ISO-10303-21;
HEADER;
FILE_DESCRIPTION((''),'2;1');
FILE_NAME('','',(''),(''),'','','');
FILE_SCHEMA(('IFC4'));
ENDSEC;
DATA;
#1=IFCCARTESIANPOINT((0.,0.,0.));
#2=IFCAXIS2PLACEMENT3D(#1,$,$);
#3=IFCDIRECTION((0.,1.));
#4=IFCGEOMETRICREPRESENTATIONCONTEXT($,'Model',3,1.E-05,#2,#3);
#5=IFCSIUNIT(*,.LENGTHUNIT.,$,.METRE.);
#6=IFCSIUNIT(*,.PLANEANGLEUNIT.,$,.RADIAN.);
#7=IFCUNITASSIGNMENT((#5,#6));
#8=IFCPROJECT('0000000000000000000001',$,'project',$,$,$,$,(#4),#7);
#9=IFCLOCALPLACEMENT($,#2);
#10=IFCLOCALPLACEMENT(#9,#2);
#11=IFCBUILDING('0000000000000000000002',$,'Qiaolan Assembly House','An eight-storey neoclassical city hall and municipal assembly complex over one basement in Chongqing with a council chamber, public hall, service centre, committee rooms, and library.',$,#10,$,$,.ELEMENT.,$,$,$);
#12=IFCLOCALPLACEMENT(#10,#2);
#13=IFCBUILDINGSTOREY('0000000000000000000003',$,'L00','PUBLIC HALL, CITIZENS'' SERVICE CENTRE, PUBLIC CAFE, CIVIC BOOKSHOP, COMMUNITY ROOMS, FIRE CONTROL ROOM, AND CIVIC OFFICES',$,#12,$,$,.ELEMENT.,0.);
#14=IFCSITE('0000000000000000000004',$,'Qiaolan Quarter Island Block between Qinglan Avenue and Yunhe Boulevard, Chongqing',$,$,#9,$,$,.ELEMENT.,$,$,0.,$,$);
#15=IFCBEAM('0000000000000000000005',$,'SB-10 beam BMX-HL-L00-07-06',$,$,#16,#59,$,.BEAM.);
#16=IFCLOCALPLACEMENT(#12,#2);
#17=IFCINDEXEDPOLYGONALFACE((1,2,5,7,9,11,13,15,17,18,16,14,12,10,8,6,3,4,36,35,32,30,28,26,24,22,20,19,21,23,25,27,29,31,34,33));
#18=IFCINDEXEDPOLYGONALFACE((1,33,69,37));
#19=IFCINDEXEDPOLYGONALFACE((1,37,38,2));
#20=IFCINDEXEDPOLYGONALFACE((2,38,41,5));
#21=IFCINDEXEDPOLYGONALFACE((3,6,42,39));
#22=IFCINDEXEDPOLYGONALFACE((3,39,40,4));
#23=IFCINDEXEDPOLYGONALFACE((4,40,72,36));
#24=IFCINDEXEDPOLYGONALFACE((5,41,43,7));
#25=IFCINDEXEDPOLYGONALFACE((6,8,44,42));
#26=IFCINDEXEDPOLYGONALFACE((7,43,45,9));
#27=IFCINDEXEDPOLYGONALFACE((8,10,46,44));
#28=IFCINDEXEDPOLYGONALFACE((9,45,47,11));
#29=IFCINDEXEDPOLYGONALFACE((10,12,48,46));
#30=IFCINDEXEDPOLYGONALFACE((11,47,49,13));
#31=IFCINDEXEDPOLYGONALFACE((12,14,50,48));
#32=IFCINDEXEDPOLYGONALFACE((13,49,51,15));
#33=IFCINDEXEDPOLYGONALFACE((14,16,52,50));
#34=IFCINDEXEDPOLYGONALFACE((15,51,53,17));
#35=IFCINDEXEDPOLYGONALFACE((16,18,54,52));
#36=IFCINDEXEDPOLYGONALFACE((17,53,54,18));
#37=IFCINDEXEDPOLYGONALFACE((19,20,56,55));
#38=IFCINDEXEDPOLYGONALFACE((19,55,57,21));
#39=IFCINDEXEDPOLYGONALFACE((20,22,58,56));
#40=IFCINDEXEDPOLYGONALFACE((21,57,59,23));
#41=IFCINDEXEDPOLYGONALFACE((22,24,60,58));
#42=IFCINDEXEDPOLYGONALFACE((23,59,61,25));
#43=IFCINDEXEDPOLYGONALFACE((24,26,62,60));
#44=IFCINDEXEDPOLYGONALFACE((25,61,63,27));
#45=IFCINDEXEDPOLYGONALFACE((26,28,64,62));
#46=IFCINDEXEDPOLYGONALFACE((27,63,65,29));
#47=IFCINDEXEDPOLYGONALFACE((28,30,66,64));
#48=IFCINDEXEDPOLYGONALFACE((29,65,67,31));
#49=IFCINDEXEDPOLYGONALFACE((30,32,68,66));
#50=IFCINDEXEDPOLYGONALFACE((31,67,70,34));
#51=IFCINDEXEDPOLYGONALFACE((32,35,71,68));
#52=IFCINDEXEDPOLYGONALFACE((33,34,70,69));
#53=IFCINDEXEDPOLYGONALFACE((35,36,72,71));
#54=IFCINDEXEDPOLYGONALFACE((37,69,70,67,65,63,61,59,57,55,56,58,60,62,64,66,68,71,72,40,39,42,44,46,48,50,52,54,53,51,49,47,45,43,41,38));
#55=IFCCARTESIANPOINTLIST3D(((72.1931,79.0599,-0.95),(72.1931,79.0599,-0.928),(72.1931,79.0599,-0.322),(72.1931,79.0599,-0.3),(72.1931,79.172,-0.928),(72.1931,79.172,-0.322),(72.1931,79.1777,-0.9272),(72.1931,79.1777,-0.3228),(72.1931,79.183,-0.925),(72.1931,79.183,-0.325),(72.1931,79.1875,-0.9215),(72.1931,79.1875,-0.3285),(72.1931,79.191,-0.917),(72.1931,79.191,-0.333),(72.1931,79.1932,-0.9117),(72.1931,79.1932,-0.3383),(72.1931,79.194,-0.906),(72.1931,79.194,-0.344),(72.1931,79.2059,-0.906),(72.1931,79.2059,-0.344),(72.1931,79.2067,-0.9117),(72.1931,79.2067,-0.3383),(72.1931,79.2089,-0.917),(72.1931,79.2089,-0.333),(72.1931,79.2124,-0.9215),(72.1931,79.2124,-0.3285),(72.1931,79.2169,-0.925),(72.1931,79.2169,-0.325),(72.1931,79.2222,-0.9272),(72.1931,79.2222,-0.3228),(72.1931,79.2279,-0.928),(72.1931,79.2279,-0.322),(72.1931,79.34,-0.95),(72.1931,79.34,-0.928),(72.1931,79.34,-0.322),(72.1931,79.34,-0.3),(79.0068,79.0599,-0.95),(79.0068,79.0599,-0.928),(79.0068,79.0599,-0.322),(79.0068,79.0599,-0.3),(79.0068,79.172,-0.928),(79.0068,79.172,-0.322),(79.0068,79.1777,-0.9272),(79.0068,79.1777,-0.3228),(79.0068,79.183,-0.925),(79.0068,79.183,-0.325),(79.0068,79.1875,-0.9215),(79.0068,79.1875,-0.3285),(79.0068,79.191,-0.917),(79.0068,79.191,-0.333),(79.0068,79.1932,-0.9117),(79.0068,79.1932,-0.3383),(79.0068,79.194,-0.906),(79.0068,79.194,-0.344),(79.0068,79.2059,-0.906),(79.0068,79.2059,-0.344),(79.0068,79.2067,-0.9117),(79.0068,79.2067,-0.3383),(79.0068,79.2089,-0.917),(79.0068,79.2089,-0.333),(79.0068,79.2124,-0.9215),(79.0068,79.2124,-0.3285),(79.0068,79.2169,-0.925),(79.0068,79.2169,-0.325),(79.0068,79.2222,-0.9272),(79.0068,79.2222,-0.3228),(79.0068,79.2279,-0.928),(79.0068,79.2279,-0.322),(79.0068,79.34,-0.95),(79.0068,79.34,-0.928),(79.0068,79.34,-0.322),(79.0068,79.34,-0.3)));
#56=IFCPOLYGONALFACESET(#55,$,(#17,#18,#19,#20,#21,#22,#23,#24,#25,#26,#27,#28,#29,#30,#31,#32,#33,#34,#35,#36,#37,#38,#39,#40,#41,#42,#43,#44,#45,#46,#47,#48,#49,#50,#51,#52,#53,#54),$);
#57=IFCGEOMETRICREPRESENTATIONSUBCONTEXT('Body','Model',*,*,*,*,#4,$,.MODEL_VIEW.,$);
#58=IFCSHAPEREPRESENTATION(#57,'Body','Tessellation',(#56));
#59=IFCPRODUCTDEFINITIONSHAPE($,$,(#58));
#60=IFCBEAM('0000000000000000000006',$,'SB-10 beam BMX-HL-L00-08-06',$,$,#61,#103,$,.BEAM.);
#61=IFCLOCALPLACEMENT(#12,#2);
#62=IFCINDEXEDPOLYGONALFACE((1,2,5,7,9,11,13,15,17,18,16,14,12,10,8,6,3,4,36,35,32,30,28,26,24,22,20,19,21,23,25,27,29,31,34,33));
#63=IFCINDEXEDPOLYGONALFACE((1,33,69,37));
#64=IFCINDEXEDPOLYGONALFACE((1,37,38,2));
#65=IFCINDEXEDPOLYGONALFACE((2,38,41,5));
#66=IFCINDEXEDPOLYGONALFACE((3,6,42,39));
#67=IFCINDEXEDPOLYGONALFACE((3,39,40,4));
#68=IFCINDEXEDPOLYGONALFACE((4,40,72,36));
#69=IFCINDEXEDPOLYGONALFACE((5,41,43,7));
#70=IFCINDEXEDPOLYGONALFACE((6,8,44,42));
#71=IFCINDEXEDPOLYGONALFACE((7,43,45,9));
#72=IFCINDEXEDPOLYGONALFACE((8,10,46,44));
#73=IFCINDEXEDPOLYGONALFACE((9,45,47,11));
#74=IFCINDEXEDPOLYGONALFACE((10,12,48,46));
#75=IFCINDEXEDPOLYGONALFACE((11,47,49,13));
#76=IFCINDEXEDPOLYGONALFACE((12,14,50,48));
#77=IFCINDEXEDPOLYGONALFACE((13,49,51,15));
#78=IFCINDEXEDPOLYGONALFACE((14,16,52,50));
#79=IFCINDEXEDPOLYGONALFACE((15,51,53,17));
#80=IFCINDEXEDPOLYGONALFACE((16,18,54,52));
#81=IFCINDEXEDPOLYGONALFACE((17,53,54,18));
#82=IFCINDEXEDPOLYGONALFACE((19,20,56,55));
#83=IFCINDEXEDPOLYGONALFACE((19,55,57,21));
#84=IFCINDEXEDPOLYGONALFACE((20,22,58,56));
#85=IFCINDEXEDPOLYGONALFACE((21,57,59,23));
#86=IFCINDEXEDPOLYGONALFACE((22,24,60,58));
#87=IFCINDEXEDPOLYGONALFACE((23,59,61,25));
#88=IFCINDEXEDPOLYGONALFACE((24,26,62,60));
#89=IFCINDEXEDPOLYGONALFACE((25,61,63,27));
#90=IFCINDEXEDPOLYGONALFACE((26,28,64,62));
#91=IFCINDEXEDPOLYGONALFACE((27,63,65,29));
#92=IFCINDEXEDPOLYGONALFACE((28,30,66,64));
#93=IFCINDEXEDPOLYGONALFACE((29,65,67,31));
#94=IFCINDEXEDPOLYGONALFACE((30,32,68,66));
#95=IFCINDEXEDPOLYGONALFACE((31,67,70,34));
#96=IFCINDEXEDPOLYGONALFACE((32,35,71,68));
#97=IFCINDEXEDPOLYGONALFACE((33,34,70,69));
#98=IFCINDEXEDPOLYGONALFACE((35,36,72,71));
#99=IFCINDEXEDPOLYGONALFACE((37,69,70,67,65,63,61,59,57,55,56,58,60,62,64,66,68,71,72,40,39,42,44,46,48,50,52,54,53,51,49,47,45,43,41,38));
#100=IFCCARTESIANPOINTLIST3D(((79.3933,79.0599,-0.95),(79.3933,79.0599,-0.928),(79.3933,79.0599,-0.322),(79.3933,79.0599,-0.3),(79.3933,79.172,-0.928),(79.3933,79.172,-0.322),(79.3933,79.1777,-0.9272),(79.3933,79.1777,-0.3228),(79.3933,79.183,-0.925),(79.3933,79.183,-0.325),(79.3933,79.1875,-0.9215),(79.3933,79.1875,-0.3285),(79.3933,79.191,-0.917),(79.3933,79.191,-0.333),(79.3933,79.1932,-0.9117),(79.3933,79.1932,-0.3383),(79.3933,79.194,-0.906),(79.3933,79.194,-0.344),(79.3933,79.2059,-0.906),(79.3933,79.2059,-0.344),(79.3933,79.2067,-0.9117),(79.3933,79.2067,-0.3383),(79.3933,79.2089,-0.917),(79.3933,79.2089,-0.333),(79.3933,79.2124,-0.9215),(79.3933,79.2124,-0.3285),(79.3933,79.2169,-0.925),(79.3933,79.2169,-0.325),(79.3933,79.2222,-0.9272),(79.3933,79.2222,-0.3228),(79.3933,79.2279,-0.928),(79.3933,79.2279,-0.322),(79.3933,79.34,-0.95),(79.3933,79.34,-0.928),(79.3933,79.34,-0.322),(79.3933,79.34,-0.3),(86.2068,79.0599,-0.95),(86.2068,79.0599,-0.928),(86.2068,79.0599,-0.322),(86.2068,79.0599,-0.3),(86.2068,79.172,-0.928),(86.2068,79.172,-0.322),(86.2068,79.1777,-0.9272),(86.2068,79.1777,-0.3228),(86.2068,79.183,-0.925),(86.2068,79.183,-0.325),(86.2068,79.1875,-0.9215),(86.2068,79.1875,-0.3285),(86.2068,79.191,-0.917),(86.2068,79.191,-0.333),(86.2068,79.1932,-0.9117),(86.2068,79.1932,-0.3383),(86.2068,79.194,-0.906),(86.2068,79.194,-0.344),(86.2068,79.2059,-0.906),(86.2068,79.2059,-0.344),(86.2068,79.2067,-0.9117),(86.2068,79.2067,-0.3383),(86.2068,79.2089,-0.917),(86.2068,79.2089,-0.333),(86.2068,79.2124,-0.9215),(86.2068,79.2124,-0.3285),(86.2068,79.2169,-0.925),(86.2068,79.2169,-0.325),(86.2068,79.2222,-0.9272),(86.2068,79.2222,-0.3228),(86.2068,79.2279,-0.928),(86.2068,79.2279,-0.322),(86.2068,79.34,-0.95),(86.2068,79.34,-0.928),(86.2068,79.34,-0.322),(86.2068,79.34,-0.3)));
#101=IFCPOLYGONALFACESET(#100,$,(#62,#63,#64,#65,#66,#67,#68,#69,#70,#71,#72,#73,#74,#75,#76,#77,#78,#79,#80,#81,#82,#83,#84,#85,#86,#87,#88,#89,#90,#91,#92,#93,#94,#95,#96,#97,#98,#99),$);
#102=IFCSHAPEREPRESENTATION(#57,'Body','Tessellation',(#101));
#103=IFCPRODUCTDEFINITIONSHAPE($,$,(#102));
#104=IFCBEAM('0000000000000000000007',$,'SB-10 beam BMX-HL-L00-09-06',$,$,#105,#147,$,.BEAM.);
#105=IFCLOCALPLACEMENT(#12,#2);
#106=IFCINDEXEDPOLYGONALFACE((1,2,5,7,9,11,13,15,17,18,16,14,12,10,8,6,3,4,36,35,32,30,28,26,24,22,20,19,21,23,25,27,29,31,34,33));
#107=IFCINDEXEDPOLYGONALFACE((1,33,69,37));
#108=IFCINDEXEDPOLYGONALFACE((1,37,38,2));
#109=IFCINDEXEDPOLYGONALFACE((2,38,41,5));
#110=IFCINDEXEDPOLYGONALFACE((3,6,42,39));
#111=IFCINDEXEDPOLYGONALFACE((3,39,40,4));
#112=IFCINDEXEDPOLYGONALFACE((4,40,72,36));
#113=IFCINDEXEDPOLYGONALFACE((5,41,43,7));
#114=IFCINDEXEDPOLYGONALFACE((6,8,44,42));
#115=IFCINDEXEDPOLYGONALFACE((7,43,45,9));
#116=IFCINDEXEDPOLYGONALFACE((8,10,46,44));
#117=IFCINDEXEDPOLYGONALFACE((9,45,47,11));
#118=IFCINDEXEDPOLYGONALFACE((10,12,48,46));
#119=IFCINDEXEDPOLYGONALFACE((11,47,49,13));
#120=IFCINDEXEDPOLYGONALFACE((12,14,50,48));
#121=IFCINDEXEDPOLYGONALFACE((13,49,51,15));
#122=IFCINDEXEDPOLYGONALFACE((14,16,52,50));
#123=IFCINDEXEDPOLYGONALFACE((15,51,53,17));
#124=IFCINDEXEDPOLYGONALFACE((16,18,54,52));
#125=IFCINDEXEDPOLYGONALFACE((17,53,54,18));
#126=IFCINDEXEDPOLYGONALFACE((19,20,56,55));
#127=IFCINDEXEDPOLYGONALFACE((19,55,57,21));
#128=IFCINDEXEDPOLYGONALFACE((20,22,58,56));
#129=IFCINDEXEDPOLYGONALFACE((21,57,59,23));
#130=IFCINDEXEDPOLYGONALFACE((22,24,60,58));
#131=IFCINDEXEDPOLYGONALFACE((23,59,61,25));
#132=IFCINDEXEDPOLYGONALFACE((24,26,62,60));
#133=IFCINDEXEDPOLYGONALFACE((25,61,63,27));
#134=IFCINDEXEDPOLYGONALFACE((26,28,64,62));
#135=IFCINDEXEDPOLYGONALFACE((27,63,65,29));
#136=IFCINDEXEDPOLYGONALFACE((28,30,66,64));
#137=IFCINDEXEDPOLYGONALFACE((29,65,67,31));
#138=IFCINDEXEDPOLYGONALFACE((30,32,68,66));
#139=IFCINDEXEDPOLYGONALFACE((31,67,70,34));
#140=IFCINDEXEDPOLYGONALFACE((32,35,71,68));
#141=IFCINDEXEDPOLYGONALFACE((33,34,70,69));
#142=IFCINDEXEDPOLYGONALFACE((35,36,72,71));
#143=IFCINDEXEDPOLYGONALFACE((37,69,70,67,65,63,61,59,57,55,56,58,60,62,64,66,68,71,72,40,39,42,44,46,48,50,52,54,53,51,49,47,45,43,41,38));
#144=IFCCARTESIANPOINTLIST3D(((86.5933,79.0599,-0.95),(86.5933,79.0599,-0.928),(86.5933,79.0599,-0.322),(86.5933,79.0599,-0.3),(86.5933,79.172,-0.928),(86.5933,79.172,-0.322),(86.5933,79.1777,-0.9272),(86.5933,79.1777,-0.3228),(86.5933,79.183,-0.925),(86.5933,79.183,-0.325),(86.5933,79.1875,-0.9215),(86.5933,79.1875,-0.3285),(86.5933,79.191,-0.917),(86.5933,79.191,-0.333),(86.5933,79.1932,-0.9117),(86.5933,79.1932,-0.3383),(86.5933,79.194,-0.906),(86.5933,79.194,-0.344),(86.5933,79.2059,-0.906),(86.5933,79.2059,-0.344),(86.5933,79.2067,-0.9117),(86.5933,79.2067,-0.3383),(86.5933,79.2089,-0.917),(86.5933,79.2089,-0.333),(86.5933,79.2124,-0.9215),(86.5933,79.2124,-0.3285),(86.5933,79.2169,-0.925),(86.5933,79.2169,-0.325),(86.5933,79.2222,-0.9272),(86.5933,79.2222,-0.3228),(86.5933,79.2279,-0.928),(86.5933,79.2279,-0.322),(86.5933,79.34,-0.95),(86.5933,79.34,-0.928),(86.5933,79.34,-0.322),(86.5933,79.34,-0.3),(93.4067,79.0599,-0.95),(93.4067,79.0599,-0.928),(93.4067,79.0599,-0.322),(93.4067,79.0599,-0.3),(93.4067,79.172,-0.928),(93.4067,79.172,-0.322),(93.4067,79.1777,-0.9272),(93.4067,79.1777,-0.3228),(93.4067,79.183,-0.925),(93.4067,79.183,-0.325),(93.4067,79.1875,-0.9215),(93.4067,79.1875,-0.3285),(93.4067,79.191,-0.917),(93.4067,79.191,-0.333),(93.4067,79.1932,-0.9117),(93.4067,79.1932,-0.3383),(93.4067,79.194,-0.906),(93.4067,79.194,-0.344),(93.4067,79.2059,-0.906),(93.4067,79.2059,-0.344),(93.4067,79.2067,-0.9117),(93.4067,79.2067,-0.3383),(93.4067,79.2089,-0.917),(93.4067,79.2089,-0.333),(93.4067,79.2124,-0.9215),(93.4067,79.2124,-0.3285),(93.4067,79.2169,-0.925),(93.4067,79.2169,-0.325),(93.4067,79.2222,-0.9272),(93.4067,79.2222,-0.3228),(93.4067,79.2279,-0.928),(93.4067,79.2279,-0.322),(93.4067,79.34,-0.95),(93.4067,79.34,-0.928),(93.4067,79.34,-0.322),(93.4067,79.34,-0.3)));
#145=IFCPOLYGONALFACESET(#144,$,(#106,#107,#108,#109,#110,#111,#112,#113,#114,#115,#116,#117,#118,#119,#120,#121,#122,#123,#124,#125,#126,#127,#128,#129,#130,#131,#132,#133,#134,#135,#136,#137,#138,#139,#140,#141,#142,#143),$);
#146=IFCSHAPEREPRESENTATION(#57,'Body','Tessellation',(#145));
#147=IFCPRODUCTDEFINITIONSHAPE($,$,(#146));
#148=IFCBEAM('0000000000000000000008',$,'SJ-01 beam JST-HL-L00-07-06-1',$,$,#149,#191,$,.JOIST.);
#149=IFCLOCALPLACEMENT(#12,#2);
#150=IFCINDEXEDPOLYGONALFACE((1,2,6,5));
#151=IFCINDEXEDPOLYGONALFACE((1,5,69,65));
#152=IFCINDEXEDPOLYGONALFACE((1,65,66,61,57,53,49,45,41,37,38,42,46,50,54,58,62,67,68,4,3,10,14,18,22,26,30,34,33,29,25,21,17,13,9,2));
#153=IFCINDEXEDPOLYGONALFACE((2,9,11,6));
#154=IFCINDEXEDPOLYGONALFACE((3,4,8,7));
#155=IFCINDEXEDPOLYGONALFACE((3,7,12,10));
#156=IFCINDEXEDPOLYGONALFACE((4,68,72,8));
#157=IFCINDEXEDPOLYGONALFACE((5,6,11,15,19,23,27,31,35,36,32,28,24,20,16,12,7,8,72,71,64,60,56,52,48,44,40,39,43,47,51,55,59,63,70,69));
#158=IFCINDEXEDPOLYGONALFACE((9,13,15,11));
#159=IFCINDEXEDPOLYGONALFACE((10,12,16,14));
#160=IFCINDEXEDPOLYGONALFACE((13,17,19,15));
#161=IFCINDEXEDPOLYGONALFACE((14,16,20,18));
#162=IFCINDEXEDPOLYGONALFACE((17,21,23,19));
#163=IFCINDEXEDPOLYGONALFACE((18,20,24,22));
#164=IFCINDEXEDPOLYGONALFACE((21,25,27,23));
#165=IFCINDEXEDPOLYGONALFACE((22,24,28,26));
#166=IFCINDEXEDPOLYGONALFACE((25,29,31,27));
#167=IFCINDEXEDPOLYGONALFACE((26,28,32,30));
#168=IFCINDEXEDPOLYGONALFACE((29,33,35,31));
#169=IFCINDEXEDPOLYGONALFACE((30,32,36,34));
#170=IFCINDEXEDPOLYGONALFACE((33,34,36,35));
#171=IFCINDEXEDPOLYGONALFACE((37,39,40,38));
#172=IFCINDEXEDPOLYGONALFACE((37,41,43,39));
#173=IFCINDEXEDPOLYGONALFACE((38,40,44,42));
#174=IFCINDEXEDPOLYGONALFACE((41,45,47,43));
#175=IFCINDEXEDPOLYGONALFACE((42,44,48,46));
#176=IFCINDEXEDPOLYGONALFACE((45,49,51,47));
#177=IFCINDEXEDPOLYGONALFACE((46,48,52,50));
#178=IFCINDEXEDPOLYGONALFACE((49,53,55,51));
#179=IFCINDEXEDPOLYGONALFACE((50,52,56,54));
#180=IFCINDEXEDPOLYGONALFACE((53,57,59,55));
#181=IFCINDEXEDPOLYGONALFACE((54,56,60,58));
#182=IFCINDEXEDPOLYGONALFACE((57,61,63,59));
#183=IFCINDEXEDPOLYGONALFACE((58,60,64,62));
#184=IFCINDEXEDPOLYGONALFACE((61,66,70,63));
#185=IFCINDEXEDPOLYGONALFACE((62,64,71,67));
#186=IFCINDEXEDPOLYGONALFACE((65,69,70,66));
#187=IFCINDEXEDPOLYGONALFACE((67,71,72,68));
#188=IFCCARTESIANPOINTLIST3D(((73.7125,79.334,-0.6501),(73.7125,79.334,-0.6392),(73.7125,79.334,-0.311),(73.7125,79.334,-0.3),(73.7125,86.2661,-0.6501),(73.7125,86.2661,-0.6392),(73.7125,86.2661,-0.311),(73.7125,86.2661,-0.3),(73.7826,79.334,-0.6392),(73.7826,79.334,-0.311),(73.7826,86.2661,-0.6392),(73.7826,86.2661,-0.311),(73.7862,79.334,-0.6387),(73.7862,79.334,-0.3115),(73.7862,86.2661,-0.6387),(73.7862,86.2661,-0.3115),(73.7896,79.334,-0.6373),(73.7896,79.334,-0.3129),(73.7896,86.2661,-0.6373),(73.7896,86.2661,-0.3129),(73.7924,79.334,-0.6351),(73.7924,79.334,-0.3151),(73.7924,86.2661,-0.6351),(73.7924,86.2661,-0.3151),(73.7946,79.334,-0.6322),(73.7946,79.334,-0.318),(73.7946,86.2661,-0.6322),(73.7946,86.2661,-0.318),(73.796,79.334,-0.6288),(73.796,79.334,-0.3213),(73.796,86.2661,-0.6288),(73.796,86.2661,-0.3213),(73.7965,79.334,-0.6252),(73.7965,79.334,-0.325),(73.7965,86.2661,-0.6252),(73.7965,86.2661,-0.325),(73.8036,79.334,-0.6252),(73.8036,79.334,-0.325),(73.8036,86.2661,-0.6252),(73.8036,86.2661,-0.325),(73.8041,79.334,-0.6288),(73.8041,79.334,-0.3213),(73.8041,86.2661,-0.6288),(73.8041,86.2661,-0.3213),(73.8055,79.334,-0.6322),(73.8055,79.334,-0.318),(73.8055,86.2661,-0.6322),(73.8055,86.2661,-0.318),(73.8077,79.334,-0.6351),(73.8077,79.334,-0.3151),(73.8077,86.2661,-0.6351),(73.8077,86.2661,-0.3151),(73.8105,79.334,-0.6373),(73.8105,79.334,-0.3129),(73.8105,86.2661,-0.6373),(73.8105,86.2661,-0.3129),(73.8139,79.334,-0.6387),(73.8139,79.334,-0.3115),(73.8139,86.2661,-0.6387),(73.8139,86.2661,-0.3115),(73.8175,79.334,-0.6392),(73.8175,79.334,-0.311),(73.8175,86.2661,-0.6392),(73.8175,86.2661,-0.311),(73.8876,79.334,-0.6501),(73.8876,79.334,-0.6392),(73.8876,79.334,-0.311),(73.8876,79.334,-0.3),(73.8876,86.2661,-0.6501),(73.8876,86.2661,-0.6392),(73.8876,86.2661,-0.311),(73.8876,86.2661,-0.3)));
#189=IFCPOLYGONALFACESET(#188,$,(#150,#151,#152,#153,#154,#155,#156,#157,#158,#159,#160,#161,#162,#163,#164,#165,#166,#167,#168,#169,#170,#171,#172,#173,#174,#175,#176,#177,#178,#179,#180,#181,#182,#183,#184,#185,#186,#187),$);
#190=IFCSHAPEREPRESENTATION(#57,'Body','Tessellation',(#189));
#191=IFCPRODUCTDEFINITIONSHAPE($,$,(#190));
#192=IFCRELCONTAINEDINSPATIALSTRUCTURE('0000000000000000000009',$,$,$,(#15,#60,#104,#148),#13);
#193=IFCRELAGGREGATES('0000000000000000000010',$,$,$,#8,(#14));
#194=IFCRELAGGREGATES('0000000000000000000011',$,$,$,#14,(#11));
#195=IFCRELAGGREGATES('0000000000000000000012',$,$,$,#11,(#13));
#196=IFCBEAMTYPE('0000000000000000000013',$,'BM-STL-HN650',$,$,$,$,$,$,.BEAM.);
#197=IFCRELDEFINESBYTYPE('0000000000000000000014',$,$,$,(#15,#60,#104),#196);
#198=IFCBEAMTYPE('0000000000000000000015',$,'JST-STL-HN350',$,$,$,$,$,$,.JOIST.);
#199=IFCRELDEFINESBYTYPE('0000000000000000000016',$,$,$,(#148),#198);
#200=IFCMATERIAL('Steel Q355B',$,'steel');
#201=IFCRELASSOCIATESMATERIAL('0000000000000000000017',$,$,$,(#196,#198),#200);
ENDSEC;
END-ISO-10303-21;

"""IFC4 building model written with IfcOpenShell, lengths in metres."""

from ifc_helpers import new_model, si_unit, direction, frame, origin, origin_2d, place, context, subcontext, project, spatial, i_section, extrude, material, material_profile, profile_set, type_object, element, save


model = new_model("IFC4")

# Units and contexts
model_context = context("Model", 3, precision=1e-05, world=origin(), true_north=direction((0.0, 1.0)))
body_context = subcontext(model_context, "Body", "Model", "MODEL_VIEW")
ifc_project = project(units=[si_unit("LENGTHUNIT", "METRE"), si_unit("PLANEANGLEUNIT", "RADIAN")], contexts=[model_context])

# Site, building, storey
site_placement = place(None, origin())
site = spatial("IfcSite", under=ifc_project, at=site_placement, Name="Qiaolan Quarter Island Block between Qinglan Avenue and Yunhe Boulevard, Chongqing", CompositionType="ELEMENT", RefElevation=0.0)
building_placement = place(site_placement, origin())
building = spatial("IfcBuilding", under=site, at=building_placement, Name="Qiaolan Assembly House", Description="An eight-storey neoclassical city hall and municipal assembly complex over one basement in Chongqing with a council chamber, public hall, service centre, committee rooms, and library.", CompositionType="ELEMENT")
storey_placement = place(building_placement, origin())
storey = spatial("IfcBuildingStorey", under=building, at=storey_placement, Name="L00", Description="PUBLIC HALL, CITIZENS' SERVICE CENTRE, PUBLIC CAFE, CIVIC BOOKSHOP, COMMUNITY ROOMS, FIRE CONTROL ROOM, AND CIVIC OFFICES", CompositionType="ELEMENT", Elevation=0.0)

# Shared definitions
ifc_material_1 = material(Name="Steel Q355B", Category="steel")

# Beams
ifc_material_profile_1 = material_profile(ifc_material_1, i_section(OverallWidth=0.28, OverallDepth=0.6499, WebThickness=0.012, FlangeThickness=0.022, FilletRadius=0.022, at=origin_2d()), Name="HN 650x280x12x22")
ifc_profile_set_1 = profile_set([ifc_material_profile_1], Name="Steel Q355B")
beam_type_1 = type_object("IfcBeamType", Name="BM-STL-HN650", PredefinedType="BEAM", material=ifc_profile_set_1)
beam_1_placement = place(storey_placement, frame((72.1931, 79.2, -0.625), z_axis=(1.0, 0.0, 0.0), x_axis=(0.0, 1.0, 0.0)))
element("IfcBeam", 1, at=beam_1_placement, inside=storey, type_object=beam_type_1, Name="SB-10 beam BMX-HL-L00-07-06", PredefinedType="BEAM", context=body_context, shape_type="SweptSolid", body=[
    extrude(i_section(OverallWidth=0.28, OverallDepth=0.6499, WebThickness=0.012, FlangeThickness=0.022, FilletRadius=0.022, at=origin_2d()), origin(), (0.0, 0.0, 1.0), 6.8137),
])
for number, where, z_axis, x_axis, name in (
    (2, (79.3933, 79.2, -0.625), (1.0, 0.0, 0.0), (0.0, 1.0, 0.0), "SB-10 beam BMX-HL-L00-08-06"),
    (3, (86.5933, 79.2, -0.625), (1.0, 0.0, 0.0), (0.0, 1.0, 0.0), "SB-10 beam BMX-HL-L00-09-06"),
):
    element("IfcBeam", number, at=place(storey_placement, frame(where, z_axis=z_axis, x_axis=x_axis)), inside=storey, type_object=beam_type_1, Name=name, PredefinedType="BEAM", context=body_context, shape_type="SweptSolid", body=[
        extrude(i_section(OverallWidth=0.28, OverallDepth=0.6499, WebThickness=0.012, FlangeThickness=0.022, FilletRadius=0.022, at=origin_2d()), origin(), (0.0, 0.0, 1.0), 6.8135),
    ])
ifc_material_profile_2 = material_profile(ifc_material_1, i_section(OverallWidth=0.175, OverallDepth=0.3501, WebThickness=0.0071, FlangeThickness=0.011, FilletRadius=0.0139, at=origin_2d()), Name="HN 350x175x7x11")
ifc_profile_set_2 = profile_set([ifc_material_profile_2], Name="Steel Q355B")
beam_type_2 = type_object("IfcBeamType", Name="JST-STL-HN350", PredefinedType="JOIST", material=ifc_profile_set_2)
for number, where, z_axis, x_axis, name in (
    (4, (73.8, 79.334, -0.4751), (0.0, 1.0, 0.0), (-1.0, 0.0, 0.0), "SJ-01 beam JST-HL-L00-07-06-1"),
):
    element("IfcBeam", number, at=place(storey_placement, frame(where, z_axis=z_axis, x_axis=x_axis)), inside=storey, type_object=beam_type_2, Name=name, PredefinedType="JOIST", context=body_context, shape_type="SweptSolid", body=[
        extrude(i_section(OverallWidth=0.175, OverallDepth=0.3501, WebThickness=0.0071, FlangeThickness=0.011, FilletRadius=0.0139, at=origin_2d()), origin(), (0.0, 0.0, 1.0), 6.9321),
    ])

save(model, "model.ifc")
